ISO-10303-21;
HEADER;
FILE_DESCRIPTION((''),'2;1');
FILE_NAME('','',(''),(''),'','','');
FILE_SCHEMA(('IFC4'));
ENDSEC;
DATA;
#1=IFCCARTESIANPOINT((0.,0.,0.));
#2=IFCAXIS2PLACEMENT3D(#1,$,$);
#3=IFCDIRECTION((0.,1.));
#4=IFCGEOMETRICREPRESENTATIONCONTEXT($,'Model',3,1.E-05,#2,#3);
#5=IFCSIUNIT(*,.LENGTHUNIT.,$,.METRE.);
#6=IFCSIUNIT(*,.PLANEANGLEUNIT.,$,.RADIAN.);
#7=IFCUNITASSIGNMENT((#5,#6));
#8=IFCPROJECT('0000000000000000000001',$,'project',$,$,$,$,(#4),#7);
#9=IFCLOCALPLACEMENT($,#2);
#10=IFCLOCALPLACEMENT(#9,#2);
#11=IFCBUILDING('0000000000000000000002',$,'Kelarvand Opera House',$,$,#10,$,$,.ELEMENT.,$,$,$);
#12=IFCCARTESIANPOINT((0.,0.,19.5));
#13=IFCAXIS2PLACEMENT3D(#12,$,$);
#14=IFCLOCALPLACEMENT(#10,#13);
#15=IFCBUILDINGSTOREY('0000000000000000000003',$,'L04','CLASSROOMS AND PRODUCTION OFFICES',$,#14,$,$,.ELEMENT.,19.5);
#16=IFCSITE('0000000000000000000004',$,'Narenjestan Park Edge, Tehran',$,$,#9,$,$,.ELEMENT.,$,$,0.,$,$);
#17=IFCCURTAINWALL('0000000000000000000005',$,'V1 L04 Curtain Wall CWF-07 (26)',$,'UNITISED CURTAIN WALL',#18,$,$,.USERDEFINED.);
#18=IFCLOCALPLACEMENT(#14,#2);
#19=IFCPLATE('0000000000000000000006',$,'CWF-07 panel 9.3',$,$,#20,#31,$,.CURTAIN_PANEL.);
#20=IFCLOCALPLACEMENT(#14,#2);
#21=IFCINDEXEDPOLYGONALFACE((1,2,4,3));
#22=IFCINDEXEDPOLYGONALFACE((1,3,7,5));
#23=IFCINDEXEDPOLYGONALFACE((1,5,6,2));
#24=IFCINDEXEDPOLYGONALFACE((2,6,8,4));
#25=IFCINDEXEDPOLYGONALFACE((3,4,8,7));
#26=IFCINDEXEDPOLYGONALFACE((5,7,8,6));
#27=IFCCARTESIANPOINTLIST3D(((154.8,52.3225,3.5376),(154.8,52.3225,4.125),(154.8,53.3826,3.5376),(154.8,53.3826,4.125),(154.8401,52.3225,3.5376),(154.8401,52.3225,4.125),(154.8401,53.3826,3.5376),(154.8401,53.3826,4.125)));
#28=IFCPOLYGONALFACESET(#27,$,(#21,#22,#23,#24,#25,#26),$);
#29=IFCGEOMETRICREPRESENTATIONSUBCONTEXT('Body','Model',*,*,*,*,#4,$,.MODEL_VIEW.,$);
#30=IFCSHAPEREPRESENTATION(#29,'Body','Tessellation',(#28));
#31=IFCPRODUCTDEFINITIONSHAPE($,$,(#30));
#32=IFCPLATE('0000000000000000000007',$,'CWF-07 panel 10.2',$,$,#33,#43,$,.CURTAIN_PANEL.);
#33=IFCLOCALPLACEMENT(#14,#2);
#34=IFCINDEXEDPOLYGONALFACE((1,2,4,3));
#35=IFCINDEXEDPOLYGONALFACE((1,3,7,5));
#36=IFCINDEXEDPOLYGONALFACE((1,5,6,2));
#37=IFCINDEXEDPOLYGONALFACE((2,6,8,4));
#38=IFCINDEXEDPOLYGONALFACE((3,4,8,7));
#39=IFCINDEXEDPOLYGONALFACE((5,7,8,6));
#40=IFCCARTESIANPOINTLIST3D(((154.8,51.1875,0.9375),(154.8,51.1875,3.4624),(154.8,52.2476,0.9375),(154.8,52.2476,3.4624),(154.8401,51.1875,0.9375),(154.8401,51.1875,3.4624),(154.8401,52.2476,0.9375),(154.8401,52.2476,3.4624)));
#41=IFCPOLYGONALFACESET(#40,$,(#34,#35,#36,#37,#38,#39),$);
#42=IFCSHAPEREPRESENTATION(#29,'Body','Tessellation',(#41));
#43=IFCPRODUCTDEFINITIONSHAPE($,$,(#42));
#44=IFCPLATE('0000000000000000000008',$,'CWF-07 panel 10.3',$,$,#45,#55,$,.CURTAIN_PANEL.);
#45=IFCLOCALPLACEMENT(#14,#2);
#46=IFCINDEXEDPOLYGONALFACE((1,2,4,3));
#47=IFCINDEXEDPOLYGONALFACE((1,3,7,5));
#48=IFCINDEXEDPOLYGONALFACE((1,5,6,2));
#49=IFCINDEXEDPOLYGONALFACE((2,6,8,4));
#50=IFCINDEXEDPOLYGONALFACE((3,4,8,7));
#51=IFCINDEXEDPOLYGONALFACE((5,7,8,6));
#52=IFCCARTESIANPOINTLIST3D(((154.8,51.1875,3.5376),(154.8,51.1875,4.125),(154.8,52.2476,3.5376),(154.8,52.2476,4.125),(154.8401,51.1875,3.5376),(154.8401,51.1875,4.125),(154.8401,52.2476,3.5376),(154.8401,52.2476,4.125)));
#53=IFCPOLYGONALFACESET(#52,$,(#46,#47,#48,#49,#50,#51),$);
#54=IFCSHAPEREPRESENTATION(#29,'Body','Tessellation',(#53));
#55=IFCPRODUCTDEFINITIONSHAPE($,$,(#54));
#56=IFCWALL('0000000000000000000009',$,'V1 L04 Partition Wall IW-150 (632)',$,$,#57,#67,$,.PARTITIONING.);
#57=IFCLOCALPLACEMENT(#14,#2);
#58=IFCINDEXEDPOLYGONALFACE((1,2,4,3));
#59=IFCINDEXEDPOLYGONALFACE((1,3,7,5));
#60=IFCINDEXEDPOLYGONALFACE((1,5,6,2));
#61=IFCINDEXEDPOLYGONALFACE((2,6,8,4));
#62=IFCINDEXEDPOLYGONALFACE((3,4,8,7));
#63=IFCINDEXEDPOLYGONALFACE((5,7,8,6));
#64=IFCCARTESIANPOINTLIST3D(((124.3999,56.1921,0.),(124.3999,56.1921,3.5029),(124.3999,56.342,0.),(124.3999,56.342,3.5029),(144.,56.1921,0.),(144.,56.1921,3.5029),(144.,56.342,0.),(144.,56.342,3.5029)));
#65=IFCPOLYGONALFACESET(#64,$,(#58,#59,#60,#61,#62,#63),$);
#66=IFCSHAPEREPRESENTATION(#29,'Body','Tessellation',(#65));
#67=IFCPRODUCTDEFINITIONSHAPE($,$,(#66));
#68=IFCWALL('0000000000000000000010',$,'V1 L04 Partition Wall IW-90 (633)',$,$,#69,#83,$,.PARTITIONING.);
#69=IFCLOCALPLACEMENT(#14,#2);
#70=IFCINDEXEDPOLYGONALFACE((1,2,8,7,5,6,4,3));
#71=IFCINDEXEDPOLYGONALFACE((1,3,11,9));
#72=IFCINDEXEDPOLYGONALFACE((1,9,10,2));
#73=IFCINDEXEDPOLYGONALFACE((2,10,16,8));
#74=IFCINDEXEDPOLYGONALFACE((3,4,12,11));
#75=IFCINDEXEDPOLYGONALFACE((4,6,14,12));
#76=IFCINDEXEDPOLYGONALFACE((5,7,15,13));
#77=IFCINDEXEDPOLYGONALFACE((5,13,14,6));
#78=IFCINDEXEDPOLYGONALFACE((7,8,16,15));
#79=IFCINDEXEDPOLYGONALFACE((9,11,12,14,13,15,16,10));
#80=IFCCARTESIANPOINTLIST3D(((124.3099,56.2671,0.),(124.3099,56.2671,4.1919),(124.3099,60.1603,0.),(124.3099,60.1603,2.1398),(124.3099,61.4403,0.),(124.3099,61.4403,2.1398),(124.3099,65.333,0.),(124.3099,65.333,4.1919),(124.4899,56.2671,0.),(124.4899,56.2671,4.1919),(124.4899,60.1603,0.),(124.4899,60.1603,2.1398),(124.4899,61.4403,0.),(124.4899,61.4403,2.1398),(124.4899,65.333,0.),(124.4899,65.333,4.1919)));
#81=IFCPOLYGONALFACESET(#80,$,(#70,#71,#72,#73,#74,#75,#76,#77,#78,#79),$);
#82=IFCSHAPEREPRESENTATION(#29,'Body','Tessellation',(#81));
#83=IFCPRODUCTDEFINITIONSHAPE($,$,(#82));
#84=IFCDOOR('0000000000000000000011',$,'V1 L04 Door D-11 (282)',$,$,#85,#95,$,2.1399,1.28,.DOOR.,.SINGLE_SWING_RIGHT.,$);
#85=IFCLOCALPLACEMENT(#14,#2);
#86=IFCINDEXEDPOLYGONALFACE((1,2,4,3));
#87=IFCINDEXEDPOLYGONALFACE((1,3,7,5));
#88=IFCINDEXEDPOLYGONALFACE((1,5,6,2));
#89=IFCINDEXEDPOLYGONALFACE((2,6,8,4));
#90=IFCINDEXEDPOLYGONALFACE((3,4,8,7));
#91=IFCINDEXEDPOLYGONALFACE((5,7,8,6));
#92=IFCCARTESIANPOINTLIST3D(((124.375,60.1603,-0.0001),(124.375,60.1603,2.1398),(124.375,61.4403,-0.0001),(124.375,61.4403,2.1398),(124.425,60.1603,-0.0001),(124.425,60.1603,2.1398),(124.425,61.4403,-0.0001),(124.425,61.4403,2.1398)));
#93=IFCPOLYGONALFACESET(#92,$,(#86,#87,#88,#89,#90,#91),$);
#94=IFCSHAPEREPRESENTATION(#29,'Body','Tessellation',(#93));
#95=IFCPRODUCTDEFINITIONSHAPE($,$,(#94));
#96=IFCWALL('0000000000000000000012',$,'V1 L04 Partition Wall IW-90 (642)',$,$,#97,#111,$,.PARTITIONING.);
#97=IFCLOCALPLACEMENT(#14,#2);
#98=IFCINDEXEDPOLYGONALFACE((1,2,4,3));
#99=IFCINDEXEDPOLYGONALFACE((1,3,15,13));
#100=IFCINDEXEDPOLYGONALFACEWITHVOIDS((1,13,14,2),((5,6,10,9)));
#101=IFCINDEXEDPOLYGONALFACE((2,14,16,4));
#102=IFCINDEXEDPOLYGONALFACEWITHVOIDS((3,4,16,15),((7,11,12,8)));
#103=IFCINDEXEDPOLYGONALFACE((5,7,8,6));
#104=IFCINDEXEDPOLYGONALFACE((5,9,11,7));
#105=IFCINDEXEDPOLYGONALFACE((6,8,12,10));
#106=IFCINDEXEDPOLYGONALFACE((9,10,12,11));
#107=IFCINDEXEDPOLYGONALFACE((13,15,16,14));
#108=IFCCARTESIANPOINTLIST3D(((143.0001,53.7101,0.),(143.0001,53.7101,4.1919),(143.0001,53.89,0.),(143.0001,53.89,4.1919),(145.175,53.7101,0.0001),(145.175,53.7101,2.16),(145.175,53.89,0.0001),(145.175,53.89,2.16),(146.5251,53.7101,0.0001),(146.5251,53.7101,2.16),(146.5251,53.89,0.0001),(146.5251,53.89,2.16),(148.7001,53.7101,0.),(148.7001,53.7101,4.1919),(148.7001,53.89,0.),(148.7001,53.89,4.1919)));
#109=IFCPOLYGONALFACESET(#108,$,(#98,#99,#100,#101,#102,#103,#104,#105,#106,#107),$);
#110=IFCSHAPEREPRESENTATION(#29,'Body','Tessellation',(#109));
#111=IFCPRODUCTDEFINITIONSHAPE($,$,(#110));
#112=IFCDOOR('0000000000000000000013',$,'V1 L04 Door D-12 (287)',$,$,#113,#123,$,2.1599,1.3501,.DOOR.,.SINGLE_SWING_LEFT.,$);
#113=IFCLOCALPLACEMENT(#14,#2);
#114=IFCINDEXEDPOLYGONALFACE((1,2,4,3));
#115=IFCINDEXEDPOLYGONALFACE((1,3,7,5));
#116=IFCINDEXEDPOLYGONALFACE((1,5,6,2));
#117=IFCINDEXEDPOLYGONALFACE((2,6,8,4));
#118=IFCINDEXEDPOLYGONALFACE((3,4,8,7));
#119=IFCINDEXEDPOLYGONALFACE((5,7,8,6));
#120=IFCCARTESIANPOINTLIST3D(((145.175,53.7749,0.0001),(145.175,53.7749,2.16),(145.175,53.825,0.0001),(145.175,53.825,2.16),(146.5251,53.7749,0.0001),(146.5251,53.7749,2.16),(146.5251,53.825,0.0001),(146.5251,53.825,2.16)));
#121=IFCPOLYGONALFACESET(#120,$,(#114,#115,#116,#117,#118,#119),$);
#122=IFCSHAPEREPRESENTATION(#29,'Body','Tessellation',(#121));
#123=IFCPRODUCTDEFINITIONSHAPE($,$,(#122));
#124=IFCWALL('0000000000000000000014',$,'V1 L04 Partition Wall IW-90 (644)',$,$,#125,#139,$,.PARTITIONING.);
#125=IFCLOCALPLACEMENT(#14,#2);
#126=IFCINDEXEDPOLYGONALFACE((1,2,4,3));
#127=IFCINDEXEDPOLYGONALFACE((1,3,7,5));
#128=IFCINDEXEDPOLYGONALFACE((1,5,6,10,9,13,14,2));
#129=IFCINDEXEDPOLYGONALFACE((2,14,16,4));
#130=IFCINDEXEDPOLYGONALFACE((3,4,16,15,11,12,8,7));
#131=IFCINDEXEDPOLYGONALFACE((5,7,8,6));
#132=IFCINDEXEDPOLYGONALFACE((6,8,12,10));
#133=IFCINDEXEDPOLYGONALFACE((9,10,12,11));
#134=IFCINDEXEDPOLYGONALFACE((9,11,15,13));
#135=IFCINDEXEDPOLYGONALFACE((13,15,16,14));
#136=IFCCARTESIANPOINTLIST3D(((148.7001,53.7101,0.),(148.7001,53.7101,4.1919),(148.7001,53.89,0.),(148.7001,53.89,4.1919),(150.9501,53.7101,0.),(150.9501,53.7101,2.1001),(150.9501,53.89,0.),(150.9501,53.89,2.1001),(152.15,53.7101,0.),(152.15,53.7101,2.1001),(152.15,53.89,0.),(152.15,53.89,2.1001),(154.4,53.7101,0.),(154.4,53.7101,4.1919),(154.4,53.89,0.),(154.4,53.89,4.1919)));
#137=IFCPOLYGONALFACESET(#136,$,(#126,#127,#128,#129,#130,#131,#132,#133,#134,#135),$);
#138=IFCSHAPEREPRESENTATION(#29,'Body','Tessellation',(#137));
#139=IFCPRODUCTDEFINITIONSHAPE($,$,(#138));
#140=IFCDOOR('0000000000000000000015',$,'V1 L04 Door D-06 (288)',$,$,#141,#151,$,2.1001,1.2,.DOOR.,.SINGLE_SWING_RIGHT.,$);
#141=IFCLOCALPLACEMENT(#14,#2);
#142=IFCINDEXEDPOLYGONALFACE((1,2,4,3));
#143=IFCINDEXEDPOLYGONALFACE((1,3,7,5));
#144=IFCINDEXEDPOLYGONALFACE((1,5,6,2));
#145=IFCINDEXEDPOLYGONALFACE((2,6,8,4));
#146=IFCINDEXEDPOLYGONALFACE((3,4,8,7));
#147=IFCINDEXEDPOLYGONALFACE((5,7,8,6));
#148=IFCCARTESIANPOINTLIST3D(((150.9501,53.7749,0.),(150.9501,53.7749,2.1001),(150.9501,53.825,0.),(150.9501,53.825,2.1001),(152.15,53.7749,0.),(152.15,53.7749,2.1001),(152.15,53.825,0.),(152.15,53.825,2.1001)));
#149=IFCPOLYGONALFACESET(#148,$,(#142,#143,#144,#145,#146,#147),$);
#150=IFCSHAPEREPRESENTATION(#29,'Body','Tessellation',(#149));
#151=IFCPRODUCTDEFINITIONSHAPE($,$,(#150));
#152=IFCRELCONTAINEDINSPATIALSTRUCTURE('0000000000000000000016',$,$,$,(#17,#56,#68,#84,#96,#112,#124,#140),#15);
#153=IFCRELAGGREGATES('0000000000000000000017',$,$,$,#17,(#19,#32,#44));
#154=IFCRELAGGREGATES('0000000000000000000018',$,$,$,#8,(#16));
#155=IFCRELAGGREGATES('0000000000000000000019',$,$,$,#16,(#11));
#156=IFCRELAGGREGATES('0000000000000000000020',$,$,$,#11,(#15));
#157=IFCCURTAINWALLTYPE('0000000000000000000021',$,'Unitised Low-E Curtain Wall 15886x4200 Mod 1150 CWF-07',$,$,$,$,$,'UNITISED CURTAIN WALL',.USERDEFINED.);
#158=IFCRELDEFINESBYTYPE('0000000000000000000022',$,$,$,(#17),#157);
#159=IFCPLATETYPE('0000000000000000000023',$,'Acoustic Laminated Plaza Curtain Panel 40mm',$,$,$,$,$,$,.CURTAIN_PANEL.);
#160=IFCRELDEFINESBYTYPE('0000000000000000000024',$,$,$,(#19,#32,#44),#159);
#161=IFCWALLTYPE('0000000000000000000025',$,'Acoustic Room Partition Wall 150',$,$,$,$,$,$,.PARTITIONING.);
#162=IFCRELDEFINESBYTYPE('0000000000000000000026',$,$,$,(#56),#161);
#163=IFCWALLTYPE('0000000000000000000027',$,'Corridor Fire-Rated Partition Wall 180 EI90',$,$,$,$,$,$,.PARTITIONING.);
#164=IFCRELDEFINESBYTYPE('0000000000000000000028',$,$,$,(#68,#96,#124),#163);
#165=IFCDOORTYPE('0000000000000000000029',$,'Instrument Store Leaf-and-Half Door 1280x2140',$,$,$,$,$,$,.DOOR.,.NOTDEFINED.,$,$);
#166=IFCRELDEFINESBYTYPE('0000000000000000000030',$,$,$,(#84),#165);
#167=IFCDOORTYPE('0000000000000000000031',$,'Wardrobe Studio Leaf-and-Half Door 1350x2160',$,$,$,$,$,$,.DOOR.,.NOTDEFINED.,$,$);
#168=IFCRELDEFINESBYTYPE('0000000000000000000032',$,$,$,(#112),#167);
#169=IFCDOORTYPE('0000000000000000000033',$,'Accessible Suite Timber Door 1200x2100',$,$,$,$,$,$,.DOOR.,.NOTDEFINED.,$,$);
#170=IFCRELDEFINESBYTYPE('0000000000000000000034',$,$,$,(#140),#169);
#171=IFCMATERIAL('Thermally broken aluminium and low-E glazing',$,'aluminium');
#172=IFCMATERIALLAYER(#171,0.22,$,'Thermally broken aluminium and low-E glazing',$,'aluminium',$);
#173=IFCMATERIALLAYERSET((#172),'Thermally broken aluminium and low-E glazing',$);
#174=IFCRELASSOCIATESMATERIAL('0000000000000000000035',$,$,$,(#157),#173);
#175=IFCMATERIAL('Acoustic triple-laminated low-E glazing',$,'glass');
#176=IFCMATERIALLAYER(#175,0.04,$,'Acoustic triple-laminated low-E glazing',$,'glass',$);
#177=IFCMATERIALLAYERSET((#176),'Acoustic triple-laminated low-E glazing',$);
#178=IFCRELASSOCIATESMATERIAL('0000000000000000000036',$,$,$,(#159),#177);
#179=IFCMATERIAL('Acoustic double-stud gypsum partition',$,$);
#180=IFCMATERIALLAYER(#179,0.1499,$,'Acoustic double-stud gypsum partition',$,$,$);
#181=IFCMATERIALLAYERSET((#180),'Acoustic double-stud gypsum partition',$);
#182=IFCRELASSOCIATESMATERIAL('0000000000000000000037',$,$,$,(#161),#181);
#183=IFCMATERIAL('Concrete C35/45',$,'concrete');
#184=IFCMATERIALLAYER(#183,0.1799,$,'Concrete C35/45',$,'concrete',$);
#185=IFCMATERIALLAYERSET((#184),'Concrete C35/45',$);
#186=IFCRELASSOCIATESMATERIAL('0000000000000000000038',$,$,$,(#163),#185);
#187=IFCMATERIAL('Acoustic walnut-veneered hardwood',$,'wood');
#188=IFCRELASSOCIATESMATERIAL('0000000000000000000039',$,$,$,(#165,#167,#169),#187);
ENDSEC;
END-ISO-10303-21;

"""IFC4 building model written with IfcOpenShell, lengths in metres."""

from ifc_helpers import new_model, si_unit, direction, frame, frame_2d, origin, origin_2d, place, context, subcontext, project, spatial, rectangle, extrude, material, layer, layer_set, type_object, element, fill, aggregate, save


model = new_model("IFC4")

# Units and contexts
model_context = context("Model", 3, precision=1e-05, world=origin(), true_north=direction((0.0, 1.0)))
body_context = subcontext(model_context, "Body", "Model", "MODEL_VIEW")
ifc_project = project(units=[si_unit("LENGTHUNIT", "METRE"), si_unit("PLANEANGLEUNIT", "RADIAN")], contexts=[model_context])

# Site, building, storey
site_placement = place(None, origin())
site = spatial("IfcSite", under=ifc_project, at=site_placement, Name="Narenjestan Park Edge, Tehran", CompositionType="ELEMENT", RefElevation=0.0)
building_placement = place(site_placement, origin())
building = spatial("IfcBuilding", under=site, at=building_placement, Name="Kelarvand Opera House", CompositionType="ELEMENT")
storey_placement = place(building_placement, frame((0.0, 0.0, 19.5)))
storey = spatial("IfcBuildingStorey", under=building, at=storey_placement, Name="L04", Description="CLASSROOMS AND PRODUCTION OFFICES", CompositionType="ELEMENT", Elevation=19.5)

# Curtain wall
ifc_material_1 = material(Name="Thermally broken aluminium and low-E glazing", Category="aluminium")
ifc_layer_1 = layer(ifc_material_1, 0.22, Name="Thermally broken aluminium and low-E glazing", Category="aluminium")
ifc_layer_set_1 = layer_set([ifc_layer_1], Name="Thermally broken aluminium and low-E glazing")
curtain_wall_type = type_object("IfcCurtainWallType", Name="Unitised Low-E Curtain Wall 15886x4200 Mod 1150 CWF-07", ElementType="UNITISED CURTAIN WALL", PredefinedType="USERDEFINED", material=ifc_layer_set_1)
curtain_wall_placement = place(storey_placement, origin())
curtain_wall = element("IfcCurtainWall", 1, at=curtain_wall_placement, inside=storey, type_object=curtain_wall_type, Name="V1 L04 Curtain Wall CWF-07 (26)", ObjectType="UNITISED CURTAIN WALL", PredefinedType="USERDEFINED")

# Plates
ifc_material_2 = material(Name="Acoustic triple-laminated low-E glazing", Category="glass")
ifc_layer_2 = layer(ifc_material_2, 0.04, Name="Acoustic triple-laminated low-E glazing", Category="glass")
ifc_layer_set_2 = layer_set([ifc_layer_2], Name="Acoustic triple-laminated low-E glazing")
plate_type = type_object("IfcPlateType", Name="Acoustic Laminated Plaza Curtain Panel 40mm", PredefinedType="CURTAIN_PANEL", material=ifc_layer_set_2)
plate_1_placement = place(storey_placement, frame((154.8201, 52.8525, 3.5376), z_axis=(0.0, 0.0, 1.0), x_axis=(0.0, -1.0, 0.0)))
plate_1 = element("IfcPlate", 2, at=plate_1_placement, type_object=plate_type, Name="CWF-07 panel 9.3", PredefinedType="CURTAIN_PANEL", context=body_context, shape_type="SweptSolid", body=[
    extrude(rectangle(XDim=1.0601, YDim=0.04, at=origin_2d()), origin(), (0.0, 0.0, 1.0), 0.5874),
])
plate_2_placement = place(storey_placement, frame((154.8201, 51.7175, 0.9375), z_axis=(0.0, 0.0, 1.0), x_axis=(0.0, -1.0, 0.0)))
plate_2 = element("IfcPlate", 3, at=plate_2_placement, type_object=plate_type, Name="CWF-07 panel 10.2", PredefinedType="CURTAIN_PANEL", context=body_context, shape_type="SweptSolid", body=[
    extrude(rectangle(XDim=1.0601, YDim=0.04, at=origin_2d()), origin(), (0.0, 0.0, 1.0), 2.5249),
])
plate_3_placement = place(storey_placement, frame((154.8201, 51.7175, 3.5376), z_axis=(0.0, 0.0, 1.0), x_axis=(0.0, -1.0, 0.0)))
plate_3 = element("IfcPlate", 4, at=plate_3_placement, type_object=plate_type, Name="CWF-07 panel 10.3", PredefinedType="CURTAIN_PANEL", context=body_context, shape_type="SweptSolid", body=[
    extrude(rectangle(XDim=1.0601, YDim=0.04, at=origin_2d()), origin(), (0.0, 0.0, 1.0), 0.5874),
])
aggregate(curtain_wall, [plate_1, plate_2, plate_3])

# Wall
ifc_material_3 = material(Name="Acoustic double-stud gypsum partition")
ifc_layer_3 = layer(ifc_material_3, 0.1499, Name="Acoustic double-stud gypsum partition")
ifc_layer_set_3 = layer_set([ifc_layer_3], Name="Acoustic double-stud gypsum partition")
wall_type_1 = type_object("IfcWallType", Name="Acoustic Room Partition Wall 150", PredefinedType="PARTITIONING", material=ifc_layer_set_3)
wall_1_placement = place(storey_placement, frame((124.3999, 56.2671, 0.0), z_axis=(0.0, 0.0, 1.0), x_axis=(1.0, 0.0, 0.0)))
element("IfcWall", 5, at=wall_1_placement, inside=storey, type_object=wall_type_1, Name="V1 L04 Partition Wall IW-150 (632)", PredefinedType="PARTITIONING", context=body_context, shape_type="SweptSolid", body=[
    extrude(rectangle(XDim=19.6001, YDim=0.1499, at=frame_2d((9.8, 0.0))), origin(), (0.0, 0.0, 1.0), 3.5029),
])

# Walls, openings, doors
ifc_material_4 = material(Name="Concrete C35/45", Category="concrete")
ifc_layer_4 = layer(ifc_material_4, 0.1799, Name="Concrete C35/45", Category="concrete")
ifc_layer_set_4 = layer_set([ifc_layer_4], Name="Concrete C35/45")
wall_type_2 = type_object("IfcWallType", Name="Corridor Fire-Rated Partition Wall 180 EI90", PredefinedType="PARTITIONING", material=ifc_layer_set_4)
wall_2_placement = place(storey_placement, frame((124.3999, 56.2671, 0.0), z_axis=(0.0, 0.0, 1.0), x_axis=(0.0, 1.0, 0.0)))
wall_2 = element("IfcWall", 6, at=wall_2_placement, inside=storey, type_object=wall_type_2, Name="V1 L04 Partition Wall IW-90 (633)", PredefinedType="PARTITIONING", context=body_context, shape_type="SweptSolid", body=[
    extrude(rectangle(XDim=9.0659, YDim=0.1799, at=frame_2d((4.533, 0.0))), origin(), (0.0, 0.0, 1.0), 4.1919),
])
opening_1_placement = place(wall_2_placement, frame((3.8931, 0.0, 0.0)))
opening_1 = element("IfcOpeningElement", 7, at=opening_1_placement, cuts=wall_2, PredefinedType="OPENING", context=body_context, shape_type="SweptSolid", body=[
    extrude(rectangle(XDim=1.28, YDim=2.1399, at=frame_2d((0.6401, 1.0698))), frame((0.0, 0.1001, 0.0), z_axis=(0.0, -1.0, 0.0), x_axis=(1.0, 0.0, 0.0)), (0.0, 0.0, 1.0), 0.2),
])
ifc_material_5 = material(Name="Acoustic walnut-veneered hardwood", Category="wood")
door_type_1 = type_object("IfcDoorType", Name="Instrument Store Leaf-and-Half Door 1280x2140", OperationType="NOTDEFINED", PredefinedType="DOOR", material=ifc_material_5)
door_1_placement = place(opening_1_placement, origin())
door_1 = element("IfcDoor", 8, at=door_1_placement, inside=storey, type_object=door_type_1, Name="V1 L04 Door D-11 (282)", OperationType="SINGLE_SWING_RIGHT", OverallHeight=2.1399, OverallWidth=1.28, PredefinedType="DOOR", context=body_context, shape_type="SweptSolid", body=[
    extrude(rectangle(XDim=1.28, YDim=2.1399, at=frame_2d((0.6401, 1.0698))), frame((0.0, 0.0249, 0.0), z_axis=(0.0, -1.0, 0.0), x_axis=(1.0, 0.0, 0.0)), (0.0, 0.0, 1.0), 0.05),
])
fill(opening_1, door_1)
wall_3_placement = place(storey_placement, frame((143.0, 53.8, 0.0), z_axis=(0.0, 0.0, 1.0), x_axis=(1.0, 0.0, 0.0)))
wall_3 = element("IfcWall", 9, at=wall_3_placement, inside=storey, type_object=wall_type_2, Name="V1 L04 Partition Wall IW-90 (642)", PredefinedType="PARTITIONING", context=body_context, shape_type="SweptSolid", body=[
    extrude(rectangle(XDim=5.7, YDim=0.1799, at=frame_2d((2.8501, 0.0))), origin(), (0.0, 0.0, 1.0), 4.1919),
])
opening_2_placement = place(wall_3_placement, frame((2.175, 0.0, 0.0)))
opening_2 = element("IfcOpeningElement", 10, at=opening_2_placement, cuts=wall_3, PredefinedType="OPENING", context=body_context, shape_type="SweptSolid", body=[
    extrude(rectangle(XDim=1.3501, YDim=2.1599, at=frame_2d((0.675, 1.0801))), frame((0.0, 0.1001, 0.0), z_axis=(0.0, -1.0, 0.0), x_axis=(1.0, 0.0, 0.0)), (0.0, 0.0, 1.0), 0.2),
])
door_type_2 = type_object("IfcDoorType", Name="Wardrobe Studio Leaf-and-Half Door 1350x2160", OperationType="NOTDEFINED", PredefinedType="DOOR", material=ifc_material_5)
door_2_placement = place(opening_2_placement, origin())
door_2 = element("IfcDoor", 11, at=door_2_placement, inside=storey, type_object=door_type_2, Name="V1 L04 Door D-12 (287)", OperationType="SINGLE_SWING_LEFT", OverallHeight=2.1599, OverallWidth=1.3501, PredefinedType="DOOR", context=body_context, shape_type="SweptSolid", body=[
    extrude(rectangle(XDim=1.3501, YDim=2.1599, at=frame_2d((0.675, 1.0801))), frame((0.0, 0.0249, 0.0), z_axis=(0.0, -1.0, 0.0), x_axis=(1.0, 0.0, 0.0)), (0.0, 0.0, 1.0), 0.05),
])
fill(opening_2, door_2)
wall_4_placement = place(storey_placement, frame((148.7, 53.8, 0.0), z_axis=(0.0, 0.0, 1.0), x_axis=(1.0, 0.0, 0.0)))
wall_4 = element("IfcWall", 12, at=wall_4_placement, inside=storey, type_object=wall_type_2, Name="V1 L04 Partition Wall IW-90 (644)", PredefinedType="PARTITIONING", context=body_context, shape_type="SweptSolid", body=[
    extrude(rectangle(XDim=5.7, YDim=0.1799, at=frame_2d((2.8501, 0.0))), origin(), (0.0, 0.0, 1.0), 4.1919),
])
opening_3_placement = place(wall_4_placement, frame((2.25, 0.0, 0.0)))
opening_3 = element("IfcOpeningElement", 13, at=opening_3_placement, cuts=wall_4, PredefinedType="OPENING", context=body_context, shape_type="SweptSolid", body=[
    extrude(rectangle(XDim=1.2, YDim=2.1001, at=frame_2d((0.6001, 1.05))), frame((0.0, 0.1001, 0.0), z_axis=(0.0, -1.0, 0.0), x_axis=(1.0, 0.0, 0.0)), (0.0, 0.0, 1.0), 0.2),
])
door_type_3 = type_object("IfcDoorType", Name="Accessible Suite Timber Door 1200x2100", OperationType="NOTDEFINED", PredefinedType="DOOR", material=ifc_material_5)
door_3_placement = place(opening_3_placement, origin())
door_3 = element("IfcDoor", 14, at=door_3_placement, inside=storey, type_object=door_type_3, Name="V1 L04 Door D-06 (288)", OperationType="SINGLE_SWING_RIGHT", OverallHeight=2.1001, OverallWidth=1.2, PredefinedType="DOOR", context=body_context, shape_type="SweptSolid", body=[
    extrude(rectangle(XDim=1.2, YDim=2.1001, at=frame_2d((0.6001, 1.05))), frame((0.0, 0.0249, 0.0), z_axis=(0.0, -1.0, 0.0), x_axis=(1.0, 0.0, 0.0)), (0.0, 0.0, 1.0), 0.05),
])
fill(opening_3, door_3)

save(model, "model.ifc")
